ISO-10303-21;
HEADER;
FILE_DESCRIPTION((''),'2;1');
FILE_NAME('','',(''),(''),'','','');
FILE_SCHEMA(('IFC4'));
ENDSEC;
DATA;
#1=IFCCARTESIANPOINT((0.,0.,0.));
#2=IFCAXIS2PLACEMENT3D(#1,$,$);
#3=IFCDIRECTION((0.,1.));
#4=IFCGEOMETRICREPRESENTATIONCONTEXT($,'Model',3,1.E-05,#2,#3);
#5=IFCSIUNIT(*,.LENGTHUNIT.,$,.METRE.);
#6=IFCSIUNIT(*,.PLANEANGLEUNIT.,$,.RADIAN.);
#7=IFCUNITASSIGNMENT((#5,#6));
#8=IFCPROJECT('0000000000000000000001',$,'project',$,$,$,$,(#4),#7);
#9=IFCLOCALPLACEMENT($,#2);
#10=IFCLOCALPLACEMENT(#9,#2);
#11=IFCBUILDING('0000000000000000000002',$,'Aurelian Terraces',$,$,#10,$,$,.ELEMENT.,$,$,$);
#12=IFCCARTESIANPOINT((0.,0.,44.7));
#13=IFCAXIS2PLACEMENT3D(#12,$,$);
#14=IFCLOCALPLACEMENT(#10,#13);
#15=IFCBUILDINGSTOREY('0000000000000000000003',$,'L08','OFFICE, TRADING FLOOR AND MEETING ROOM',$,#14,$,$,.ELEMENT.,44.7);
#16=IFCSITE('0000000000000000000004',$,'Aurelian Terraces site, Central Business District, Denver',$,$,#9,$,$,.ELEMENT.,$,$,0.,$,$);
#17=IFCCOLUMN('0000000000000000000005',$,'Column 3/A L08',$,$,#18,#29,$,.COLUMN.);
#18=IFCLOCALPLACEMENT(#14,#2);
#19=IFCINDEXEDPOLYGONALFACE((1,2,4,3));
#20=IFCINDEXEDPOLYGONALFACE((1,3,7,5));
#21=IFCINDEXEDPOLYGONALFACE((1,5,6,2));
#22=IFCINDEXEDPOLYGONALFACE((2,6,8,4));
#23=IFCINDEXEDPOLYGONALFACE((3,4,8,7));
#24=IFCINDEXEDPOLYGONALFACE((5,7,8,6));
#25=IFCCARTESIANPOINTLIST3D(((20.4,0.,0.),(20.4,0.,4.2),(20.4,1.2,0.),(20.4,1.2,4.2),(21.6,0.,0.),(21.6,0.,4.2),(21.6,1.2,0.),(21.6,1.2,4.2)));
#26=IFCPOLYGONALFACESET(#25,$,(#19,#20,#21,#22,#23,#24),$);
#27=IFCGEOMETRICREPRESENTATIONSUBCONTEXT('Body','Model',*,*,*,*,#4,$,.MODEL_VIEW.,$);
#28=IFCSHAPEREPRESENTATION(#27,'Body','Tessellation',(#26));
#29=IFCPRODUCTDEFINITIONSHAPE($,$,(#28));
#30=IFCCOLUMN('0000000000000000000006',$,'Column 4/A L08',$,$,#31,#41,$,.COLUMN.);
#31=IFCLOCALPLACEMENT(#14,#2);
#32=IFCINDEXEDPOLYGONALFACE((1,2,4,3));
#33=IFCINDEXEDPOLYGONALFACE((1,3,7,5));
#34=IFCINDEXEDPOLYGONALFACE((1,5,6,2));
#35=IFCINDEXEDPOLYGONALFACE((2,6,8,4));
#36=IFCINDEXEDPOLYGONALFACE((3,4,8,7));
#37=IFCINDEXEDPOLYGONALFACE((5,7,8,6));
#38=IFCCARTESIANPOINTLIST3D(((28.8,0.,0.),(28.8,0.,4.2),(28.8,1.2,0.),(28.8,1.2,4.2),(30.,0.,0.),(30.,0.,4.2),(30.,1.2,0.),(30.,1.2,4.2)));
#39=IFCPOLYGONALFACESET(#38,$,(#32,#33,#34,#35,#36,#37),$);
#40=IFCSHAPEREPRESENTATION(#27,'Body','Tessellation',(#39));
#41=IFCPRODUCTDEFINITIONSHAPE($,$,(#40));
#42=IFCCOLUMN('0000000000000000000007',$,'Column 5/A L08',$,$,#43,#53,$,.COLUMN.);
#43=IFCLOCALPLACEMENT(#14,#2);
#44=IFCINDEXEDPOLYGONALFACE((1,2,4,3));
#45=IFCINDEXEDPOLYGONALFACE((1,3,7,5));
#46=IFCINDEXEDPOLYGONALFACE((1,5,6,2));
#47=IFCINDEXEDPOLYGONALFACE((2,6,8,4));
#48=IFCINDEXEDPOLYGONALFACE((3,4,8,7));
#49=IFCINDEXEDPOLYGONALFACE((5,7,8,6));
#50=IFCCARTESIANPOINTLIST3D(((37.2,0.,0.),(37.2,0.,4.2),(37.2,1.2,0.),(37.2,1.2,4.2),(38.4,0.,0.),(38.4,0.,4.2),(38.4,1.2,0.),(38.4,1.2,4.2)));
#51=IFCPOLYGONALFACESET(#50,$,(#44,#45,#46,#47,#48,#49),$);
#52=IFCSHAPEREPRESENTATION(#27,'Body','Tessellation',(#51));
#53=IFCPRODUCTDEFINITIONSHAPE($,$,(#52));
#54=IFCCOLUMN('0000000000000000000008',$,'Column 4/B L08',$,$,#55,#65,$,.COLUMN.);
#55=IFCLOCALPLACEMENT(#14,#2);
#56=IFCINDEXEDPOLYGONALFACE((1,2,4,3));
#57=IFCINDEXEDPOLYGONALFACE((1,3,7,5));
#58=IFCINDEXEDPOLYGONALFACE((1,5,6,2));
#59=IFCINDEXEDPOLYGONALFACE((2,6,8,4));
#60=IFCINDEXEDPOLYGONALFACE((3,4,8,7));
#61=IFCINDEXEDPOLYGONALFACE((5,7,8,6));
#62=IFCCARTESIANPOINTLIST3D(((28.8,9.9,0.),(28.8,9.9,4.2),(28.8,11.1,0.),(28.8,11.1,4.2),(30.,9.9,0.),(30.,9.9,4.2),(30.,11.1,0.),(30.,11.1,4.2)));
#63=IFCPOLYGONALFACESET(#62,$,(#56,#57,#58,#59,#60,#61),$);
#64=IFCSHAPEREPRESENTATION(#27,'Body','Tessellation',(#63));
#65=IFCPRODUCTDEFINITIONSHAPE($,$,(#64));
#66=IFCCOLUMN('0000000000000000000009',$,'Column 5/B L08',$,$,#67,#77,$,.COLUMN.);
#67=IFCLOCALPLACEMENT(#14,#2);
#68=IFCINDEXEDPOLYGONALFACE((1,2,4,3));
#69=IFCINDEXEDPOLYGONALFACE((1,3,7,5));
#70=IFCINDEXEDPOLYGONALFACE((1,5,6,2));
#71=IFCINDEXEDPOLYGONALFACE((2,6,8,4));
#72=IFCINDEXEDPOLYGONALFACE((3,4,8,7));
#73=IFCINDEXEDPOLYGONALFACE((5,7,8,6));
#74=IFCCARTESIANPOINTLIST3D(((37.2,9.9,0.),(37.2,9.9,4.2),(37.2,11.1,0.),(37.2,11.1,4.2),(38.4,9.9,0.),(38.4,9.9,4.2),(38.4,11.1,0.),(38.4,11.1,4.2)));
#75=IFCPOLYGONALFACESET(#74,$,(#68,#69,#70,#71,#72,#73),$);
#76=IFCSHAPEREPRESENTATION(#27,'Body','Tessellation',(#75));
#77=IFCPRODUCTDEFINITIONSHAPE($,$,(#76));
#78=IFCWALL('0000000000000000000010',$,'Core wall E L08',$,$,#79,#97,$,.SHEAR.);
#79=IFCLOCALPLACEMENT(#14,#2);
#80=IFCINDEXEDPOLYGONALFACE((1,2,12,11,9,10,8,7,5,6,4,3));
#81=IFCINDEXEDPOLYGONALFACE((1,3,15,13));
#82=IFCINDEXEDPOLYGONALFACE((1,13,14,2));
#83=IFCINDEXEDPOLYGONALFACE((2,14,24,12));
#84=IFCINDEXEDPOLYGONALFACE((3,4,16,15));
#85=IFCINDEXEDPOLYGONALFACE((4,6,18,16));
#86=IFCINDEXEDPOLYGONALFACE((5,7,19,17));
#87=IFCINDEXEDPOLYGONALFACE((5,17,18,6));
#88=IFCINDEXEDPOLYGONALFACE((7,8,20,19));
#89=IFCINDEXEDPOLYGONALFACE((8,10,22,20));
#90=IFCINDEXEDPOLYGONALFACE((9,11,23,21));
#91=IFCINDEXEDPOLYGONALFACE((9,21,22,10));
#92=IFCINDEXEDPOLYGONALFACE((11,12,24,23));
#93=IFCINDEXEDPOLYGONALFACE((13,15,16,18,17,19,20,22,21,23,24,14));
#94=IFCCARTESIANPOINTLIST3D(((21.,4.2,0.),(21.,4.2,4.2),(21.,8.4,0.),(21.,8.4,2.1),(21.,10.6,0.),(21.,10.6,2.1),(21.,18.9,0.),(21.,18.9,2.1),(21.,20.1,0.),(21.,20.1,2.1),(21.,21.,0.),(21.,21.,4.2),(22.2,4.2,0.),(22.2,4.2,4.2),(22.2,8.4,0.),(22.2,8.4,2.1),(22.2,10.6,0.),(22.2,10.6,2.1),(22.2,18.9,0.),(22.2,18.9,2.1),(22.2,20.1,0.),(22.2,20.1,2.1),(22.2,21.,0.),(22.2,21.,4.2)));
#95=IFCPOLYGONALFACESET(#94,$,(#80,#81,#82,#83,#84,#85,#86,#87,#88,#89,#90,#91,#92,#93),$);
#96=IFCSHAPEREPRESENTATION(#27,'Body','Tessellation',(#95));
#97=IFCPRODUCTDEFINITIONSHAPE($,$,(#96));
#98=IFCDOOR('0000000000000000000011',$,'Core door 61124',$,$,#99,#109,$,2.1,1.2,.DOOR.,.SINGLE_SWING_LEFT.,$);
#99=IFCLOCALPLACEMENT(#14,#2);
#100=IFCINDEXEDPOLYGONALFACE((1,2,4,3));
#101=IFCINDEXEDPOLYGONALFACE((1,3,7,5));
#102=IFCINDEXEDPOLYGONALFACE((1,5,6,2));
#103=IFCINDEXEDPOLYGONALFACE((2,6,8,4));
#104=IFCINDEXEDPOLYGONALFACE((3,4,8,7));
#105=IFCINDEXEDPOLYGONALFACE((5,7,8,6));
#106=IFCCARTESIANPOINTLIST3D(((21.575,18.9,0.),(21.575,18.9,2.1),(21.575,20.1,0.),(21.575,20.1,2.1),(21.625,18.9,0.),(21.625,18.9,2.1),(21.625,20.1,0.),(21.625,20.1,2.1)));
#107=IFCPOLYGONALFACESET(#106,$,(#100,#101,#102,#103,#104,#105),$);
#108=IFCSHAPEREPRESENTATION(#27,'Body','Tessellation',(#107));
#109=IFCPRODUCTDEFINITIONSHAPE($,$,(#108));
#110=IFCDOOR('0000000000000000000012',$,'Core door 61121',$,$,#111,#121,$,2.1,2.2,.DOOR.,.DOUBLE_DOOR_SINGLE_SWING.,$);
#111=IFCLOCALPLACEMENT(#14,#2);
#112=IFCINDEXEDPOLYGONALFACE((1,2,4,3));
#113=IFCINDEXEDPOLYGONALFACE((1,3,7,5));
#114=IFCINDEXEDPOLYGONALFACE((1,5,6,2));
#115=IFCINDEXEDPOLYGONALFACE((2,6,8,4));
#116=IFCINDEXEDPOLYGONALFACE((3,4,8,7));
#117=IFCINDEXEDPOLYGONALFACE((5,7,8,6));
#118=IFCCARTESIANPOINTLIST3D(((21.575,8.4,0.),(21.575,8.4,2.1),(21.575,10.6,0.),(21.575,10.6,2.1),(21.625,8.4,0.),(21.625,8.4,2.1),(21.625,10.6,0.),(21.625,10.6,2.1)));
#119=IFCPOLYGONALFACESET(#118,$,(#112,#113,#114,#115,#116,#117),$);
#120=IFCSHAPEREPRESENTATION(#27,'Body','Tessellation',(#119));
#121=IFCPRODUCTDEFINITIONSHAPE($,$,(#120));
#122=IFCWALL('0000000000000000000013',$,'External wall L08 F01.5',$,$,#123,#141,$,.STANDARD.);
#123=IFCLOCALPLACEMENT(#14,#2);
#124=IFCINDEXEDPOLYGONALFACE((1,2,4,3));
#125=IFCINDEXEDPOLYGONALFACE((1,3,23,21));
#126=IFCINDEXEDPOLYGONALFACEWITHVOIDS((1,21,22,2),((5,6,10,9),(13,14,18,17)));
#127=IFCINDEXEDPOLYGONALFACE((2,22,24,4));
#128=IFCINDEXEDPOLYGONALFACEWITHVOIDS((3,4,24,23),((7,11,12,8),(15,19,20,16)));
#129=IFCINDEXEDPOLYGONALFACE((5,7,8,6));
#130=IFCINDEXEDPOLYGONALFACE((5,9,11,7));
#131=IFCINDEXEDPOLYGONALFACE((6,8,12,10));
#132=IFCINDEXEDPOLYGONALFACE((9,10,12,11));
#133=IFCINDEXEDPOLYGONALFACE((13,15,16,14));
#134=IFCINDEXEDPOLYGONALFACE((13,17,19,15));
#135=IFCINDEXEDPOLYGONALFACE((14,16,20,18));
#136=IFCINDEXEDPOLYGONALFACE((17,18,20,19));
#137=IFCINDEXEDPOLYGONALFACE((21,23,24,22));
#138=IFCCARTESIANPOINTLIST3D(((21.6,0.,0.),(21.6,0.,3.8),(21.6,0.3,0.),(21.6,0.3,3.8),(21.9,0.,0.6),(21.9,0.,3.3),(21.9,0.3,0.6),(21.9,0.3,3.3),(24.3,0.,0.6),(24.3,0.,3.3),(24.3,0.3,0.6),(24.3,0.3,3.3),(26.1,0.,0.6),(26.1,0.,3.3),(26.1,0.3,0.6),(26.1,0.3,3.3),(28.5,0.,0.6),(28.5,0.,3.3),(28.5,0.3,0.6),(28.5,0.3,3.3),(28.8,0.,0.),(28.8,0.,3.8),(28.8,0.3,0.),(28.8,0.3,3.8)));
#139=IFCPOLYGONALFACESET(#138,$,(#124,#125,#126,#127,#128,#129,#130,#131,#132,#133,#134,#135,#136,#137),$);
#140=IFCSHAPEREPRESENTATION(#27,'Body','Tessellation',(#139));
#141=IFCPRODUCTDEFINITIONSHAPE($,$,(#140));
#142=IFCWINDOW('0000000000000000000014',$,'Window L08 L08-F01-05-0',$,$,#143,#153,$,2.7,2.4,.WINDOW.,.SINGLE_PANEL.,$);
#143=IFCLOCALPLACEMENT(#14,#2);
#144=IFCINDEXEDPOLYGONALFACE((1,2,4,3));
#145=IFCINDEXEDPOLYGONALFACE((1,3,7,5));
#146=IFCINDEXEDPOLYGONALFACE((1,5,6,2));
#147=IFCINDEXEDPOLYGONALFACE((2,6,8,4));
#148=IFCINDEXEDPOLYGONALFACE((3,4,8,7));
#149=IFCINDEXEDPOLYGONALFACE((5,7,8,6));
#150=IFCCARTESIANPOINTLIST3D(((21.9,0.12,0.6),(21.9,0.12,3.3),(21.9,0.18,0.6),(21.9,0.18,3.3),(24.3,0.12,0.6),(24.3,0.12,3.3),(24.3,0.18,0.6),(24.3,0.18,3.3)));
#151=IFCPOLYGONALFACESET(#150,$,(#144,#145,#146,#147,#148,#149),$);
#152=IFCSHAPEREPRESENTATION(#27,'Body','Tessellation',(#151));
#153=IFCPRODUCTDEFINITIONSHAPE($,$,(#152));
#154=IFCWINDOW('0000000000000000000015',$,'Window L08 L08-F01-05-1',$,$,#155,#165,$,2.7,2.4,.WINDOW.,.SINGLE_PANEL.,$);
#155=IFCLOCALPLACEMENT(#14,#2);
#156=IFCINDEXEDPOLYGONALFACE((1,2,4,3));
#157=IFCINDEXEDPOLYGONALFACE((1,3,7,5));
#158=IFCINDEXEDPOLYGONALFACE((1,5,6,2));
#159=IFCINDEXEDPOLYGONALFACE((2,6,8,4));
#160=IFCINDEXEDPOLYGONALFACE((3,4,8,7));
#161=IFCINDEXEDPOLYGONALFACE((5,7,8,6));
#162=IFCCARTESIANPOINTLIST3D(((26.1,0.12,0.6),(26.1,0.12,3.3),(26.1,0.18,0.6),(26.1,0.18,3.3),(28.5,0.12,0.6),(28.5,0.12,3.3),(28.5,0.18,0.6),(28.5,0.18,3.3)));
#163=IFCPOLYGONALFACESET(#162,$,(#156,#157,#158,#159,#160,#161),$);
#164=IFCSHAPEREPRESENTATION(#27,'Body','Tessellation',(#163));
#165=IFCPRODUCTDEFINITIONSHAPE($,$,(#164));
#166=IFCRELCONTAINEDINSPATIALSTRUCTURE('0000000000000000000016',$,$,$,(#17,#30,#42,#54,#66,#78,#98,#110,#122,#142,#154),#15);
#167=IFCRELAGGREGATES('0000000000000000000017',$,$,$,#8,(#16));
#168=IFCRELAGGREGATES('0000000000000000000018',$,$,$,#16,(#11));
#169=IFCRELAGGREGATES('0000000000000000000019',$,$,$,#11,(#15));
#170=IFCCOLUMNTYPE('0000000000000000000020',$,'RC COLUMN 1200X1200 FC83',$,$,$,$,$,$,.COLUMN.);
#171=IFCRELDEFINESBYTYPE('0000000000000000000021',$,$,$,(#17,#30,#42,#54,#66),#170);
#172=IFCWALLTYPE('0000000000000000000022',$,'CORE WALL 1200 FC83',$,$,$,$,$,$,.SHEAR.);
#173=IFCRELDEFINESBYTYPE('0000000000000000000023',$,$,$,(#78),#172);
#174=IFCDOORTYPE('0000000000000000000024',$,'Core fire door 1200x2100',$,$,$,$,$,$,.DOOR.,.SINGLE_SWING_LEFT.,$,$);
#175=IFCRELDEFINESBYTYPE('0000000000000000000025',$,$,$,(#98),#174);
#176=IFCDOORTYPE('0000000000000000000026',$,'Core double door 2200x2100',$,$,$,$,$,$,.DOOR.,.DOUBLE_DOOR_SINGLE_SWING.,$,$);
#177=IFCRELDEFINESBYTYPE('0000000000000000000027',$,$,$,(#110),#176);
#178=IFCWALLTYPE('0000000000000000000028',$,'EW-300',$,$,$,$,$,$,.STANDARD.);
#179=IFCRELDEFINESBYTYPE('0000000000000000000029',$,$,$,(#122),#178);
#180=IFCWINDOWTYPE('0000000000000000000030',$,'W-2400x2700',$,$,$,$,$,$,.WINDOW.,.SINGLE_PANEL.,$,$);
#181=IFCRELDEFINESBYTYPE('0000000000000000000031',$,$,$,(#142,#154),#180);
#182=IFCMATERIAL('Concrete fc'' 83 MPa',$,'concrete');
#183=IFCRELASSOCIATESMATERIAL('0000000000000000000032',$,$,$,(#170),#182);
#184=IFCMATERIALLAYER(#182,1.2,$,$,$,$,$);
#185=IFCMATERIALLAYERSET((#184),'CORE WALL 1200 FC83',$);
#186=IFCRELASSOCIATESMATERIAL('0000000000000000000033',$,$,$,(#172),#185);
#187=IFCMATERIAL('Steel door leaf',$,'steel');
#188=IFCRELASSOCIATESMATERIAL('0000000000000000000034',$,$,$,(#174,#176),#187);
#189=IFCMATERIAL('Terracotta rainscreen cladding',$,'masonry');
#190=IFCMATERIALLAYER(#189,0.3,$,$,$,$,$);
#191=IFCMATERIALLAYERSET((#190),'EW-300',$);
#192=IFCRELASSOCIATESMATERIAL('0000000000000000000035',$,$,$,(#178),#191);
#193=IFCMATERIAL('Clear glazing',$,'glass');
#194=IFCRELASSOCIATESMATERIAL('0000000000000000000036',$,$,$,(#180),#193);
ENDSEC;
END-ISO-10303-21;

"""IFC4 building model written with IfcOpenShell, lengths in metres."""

from ifc_helpers import new_model, si_unit, direction, frame, frame_2d, origin, origin_2d, place, context, subcontext, project, spatial, rectangle, extrude, source, transform, mapped, material, layer, layer_set, material_profile, profile_set, type_object, element, fill, save


model = new_model("IFC4")

# Units and contexts
model_context = context("Model", 3, precision=1e-05, world=origin(), true_north=direction((0.0, 1.0)))
body_context = subcontext(model_context, "Body", "Model", "MODEL_VIEW")
ifc_project = project(units=[si_unit("LENGTHUNIT", "METRE"), si_unit("PLANEANGLEUNIT", "RADIAN")], contexts=[model_context])

# Site, building, storey
site_placement = place(None, origin())
site = spatial("IfcSite", under=ifc_project, at=site_placement, Name="Aurelian Terraces site, Central Business District, Denver", CompositionType="ELEMENT", RefElevation=0.0)
building_placement = place(site_placement, origin())
building = spatial("IfcBuilding", under=site, at=building_placement, Name="Aurelian Terraces", CompositionType="ELEMENT")
storey_placement = place(building_placement, frame((0.0, 0.0, 44.7)))
storey = spatial("IfcBuildingStorey", under=building, at=storey_placement, Name="L08", Description="OFFICE, TRADING FLOOR AND MEETING ROOM", CompositionType="ELEMENT", Elevation=44.7)

# Columns
ifc_material_1 = material(Name="Concrete fc' 83 MPa", Category="concrete")
ifc_material_profile = material_profile(ifc_material_1, rectangle(XDim=1.2, YDim=1.2, at=origin_2d()))
ifc_profile_set = profile_set([ifc_material_profile], Name="Concrete fc' 83 MPa")
column_type = type_object("IfcColumnType", Name="RC COLUMN 1200X1200 FC83", PredefinedType="COLUMN", material=ifc_profile_set)
shared_shape_1 = source(origin(), body_context, "Body", "SweptSolid", [
    extrude(rectangle(XDim=1.2, YDim=1.2, at=origin_2d()), origin(), (0.0, 0.0, 1.0), 4.2),
])
for number, where, z_axis, x_axis, name in (
    (1, (21.0, 0.6, 0.0), (0.0, 0.0, 1.0), (1.0, 0.0, 0.0), "Column 3/A L08"),
    (2, (29.4, 0.6, 0.0), (0.0, 0.0, 1.0), (1.0, 0.0, 0.0), "Column 4/A L08"),
    (3, (37.8, 0.6, 0.0), (0.0, 0.0, 1.0), (1.0, 0.0, 0.0), "Column 5/A L08"),
    (4, (29.4, 10.5, 0.0), (0.0, 0.0, 1.0), (1.0, 0.0, 0.0), "Column 4/B L08"),
    (5, (37.8, 10.5, 0.0), (0.0, 0.0, 1.0), (1.0, 0.0, 0.0), "Column 5/B L08"),
):
    element("IfcColumn", number, at=place(storey_placement, frame(where, z_axis=z_axis, x_axis=x_axis)), inside=storey, type_object=column_type, Name=name, PredefinedType="COLUMN", context=body_context, shape_type="MappedRepresentation", body=[
        mapped(shared_shape_1, transform((0.0, 0.0, 0.0), scale=1.0)),
    ])

# Wall, openings, doors
ifc_layer_1 = layer(ifc_material_1, 1.2)
ifc_layer_set_1 = layer_set([ifc_layer_1], Name="CORE WALL 1200 FC83")
wall_type_1 = type_object("IfcWallType", Name="CORE WALL 1200 FC83", PredefinedType="SHEAR", material=ifc_layer_set_1)
shared_shape_2 = source(origin(), body_context, "Body", "SweptSolid", [
    extrude(rectangle(XDim=16.8, YDim=1.2, at=frame_2d((8.4, 0.0))), origin(), (0.0, 0.0, 1.0), 4.2),
])
wall_1_placement = place(storey_placement, frame((21.6, 4.2, 0.0), z_axis=(0.0, 0.0, 1.0), x_axis=(0.0, 1.0, 0.0)))
wall_1 = element("IfcWall", 6, at=wall_1_placement, inside=storey, type_object=wall_type_1, Name="Core wall E L08", PredefinedType="SHEAR", context=body_context, shape_type="MappedRepresentation", body=[
    mapped(shared_shape_2, transform((0.0, 0.0, 0.0), scale=1.0)),
])
shared_shape_3 = source(origin(), body_context, "Body", "SweptSolid", [
    extrude(rectangle(XDim=2.2, YDim=2.1, at=frame_2d((1.1, 1.05))), frame((0.0, 0.61, 0.0), z_axis=(0.0, -1.0, 0.0), x_axis=(1.0, 0.0, 0.0)), (0.0, 0.0, 1.0), 1.22),
])
opening_1_placement = place(wall_1_placement, frame((4.2, 0.0, 0.0)))
opening_1 = element("IfcOpeningElement", 7, at=opening_1_placement, cuts=wall_1, PredefinedType="OPENING", context=body_context, shape_type="MappedRepresentation", body=[
    mapped(shared_shape_3, transform((0.0, 0.0, 0.0), scale=1.0)),
])
shared_shape_4 = source(origin(), body_context, "Body", "SweptSolid", [
    extrude(rectangle(XDim=1.2, YDim=2.1, at=frame_2d((0.6, 1.05))), frame((0.0, 0.61, 0.0), z_axis=(0.0, -1.0, 0.0), x_axis=(1.0, 0.0, 0.0)), (0.0, 0.0, 1.0), 1.22),
])
opening_2_placement = place(wall_1_placement, frame((14.7, 0.0, 0.0)))
opening_2 = element("IfcOpeningElement", 8, at=opening_2_placement, cuts=wall_1, PredefinedType="OPENING", context=body_context, shape_type="MappedRepresentation", body=[
    mapped(shared_shape_4, transform((0.0, 0.0, 0.0), scale=1.0)),
])
ifc_material_2 = material(Name="Steel door leaf", Category="steel")
door_type_1 = type_object("IfcDoorType", Name="Core fire door 1200x2100", OperationType="SINGLE_SWING_LEFT", PredefinedType="DOOR", material=ifc_material_2)
shared_shape_5 = source(origin(), body_context, "Body", "SweptSolid", [
    extrude(rectangle(XDim=1.2, YDim=2.1, at=frame_2d((0.6, 1.05))), frame((0.0, 0.025, 0.0), z_axis=(0.0, -1.0, 0.0), x_axis=(1.0, 0.0, 0.0)), (0.0, 0.0, 1.0), 0.05),
])
door_1_placement = place(opening_2_placement, origin())
door_1 = element("IfcDoor", 9, at=door_1_placement, inside=storey, type_object=door_type_1, Name="Core door 61124", OperationType="SINGLE_SWING_LEFT", OverallHeight=2.1, OverallWidth=1.2, PredefinedType="DOOR", context=body_context, shape_type="MappedRepresentation", body=[
    mapped(shared_shape_5, transform((0.0, 0.0, 0.0), scale=1.0)),
])
fill(opening_2, door_1)
door_type_2 = type_object("IfcDoorType", Name="Core double door 2200x2100", OperationType="DOUBLE_DOOR_SINGLE_SWING", PredefinedType="DOOR", material=ifc_material_2)
shared_shape_6 = source(origin(), body_context, "Body", "SweptSolid", [
    extrude(rectangle(XDim=2.2, YDim=2.1, at=frame_2d((1.1, 1.05))), frame((0.0, 0.025, 0.0), z_axis=(0.0, -1.0, 0.0), x_axis=(1.0, 0.0, 0.0)), (0.0, 0.0, 1.0), 0.05),
])
door_2_placement = place(opening_1_placement, origin())
door_2 = element("IfcDoor", 10, at=door_2_placement, inside=storey, type_object=door_type_2, Name="Core door 61121", OperationType="DOUBLE_DOOR_SINGLE_SWING", OverallHeight=2.1, OverallWidth=2.2, PredefinedType="DOOR", context=body_context, shape_type="MappedRepresentation", body=[
    mapped(shared_shape_6, transform((0.0, 0.0, 0.0), scale=1.0)),
])
fill(opening_1, door_2)

# Wall, openings, windows
ifc_material_3 = material(Name="Terracotta rainscreen cladding", Category="masonry")
ifc_layer_2 = layer(ifc_material_3, 0.3)
ifc_layer_set_2 = layer_set([ifc_layer_2], Name="EW-300")
wall_type_2 = type_object("IfcWallType", Name="EW-300", PredefinedType="STANDARD", material=ifc_layer_set_2)
shared_shape_7 = source(origin(), body_context, "Body", "SweptSolid", [
    extrude(rectangle(XDim=7.2, YDim=0.3, at=frame_2d((3.6, 0.0))), origin(), (0.0, 0.0, 1.0), 3.8),
])
wall_2_placement = place(storey_placement, frame((21.6, 0.15, 0.0), z_axis=(0.0, 0.0, 1.0), x_axis=(1.0, 0.0, 0.0)))
wall_2 = element("IfcWall", 11, at=wall_2_placement, inside=storey, type_object=wall_type_2, Name="External wall L08 F01.5", PredefinedType="STANDARD", context=body_context, shape_type="MappedRepresentation", body=[
    mapped(shared_shape_7, transform((0.0, 0.0, 0.0), scale=1.0)),
])
shared_shape_8 = source(origin(), body_context, "Body", "SweptSolid", [
    extrude(rectangle(XDim=2.4, YDim=2.7, at=frame_2d((1.2, 1.35))), frame((0.0, 0.16, 0.0), z_axis=(0.0, -1.0, 0.0), x_axis=(1.0, 0.0, 0.0)), (0.0, 0.0, 1.0), 0.32),
])
opening_3_placement = place(wall_2_placement, frame((0.3, 0.0, 0.6)))
opening_3 = element("IfcOpeningElement", 12, at=opening_3_placement, cuts=wall_2, PredefinedType="OPENING", context=body_context, shape_type="MappedRepresentation", body=[
    mapped(shared_shape_8, transform((0.0, 0.0, 0.0), scale=1.0)),
])
opening_4_placement = place(wall_2_placement, frame((4.5, 0.0, 0.6)))
opening_4 = element("IfcOpeningElement", 13, at=opening_4_placement, cuts=wall_2, PredefinedType="OPENING", context=body_context, shape_type="MappedRepresentation", body=[
    mapped(shared_shape_8, transform((0.0, 0.0, 0.0), scale=1.0)),
])
ifc_material_4 = material(Name="Clear glazing", Category="glass")
window_type_1 = type_object("IfcWindowType", Name="W-2400x2700", PartitioningType="SINGLE_PANEL", PredefinedType="WINDOW", material=ifc_material_4)
shared_shape_9 = source(origin(), body_context, "Body", "SweptSolid", [
    extrude(rectangle(XDim=2.4, YDim=2.7, at=frame_2d((1.2, 1.35))), frame((0.0, 0.03, 0.0), z_axis=(0.0, -1.0, 0.0), x_axis=(1.0, 0.0, 0.0)), (0.0, 0.0, 1.0), 0.06),
])
window_1_placement = place(opening_3_placement, origin())
window_1 = element("IfcWindow", 14, at=window_1_placement, inside=storey, type_object=window_type_1, Name="Window L08 L08-F01-05-0", OverallHeight=2.7, OverallWidth=2.4, PartitioningType="SINGLE_PANEL", PredefinedType="WINDOW", context=body_context, shape_type="MappedRepresentation", body=[
    mapped(shared_shape_9, transform((0.0, 0.0, 0.0), scale=1.0)),
])
fill(opening_3, window_1)
window_2_placement = place(opening_4_placement, origin())
window_2 = element("IfcWindow", 15, at=window_2_placement, inside=storey, type_object=window_type_1, Name="Window L08 L08-F01-05-1", OverallHeight=2.7, OverallWidth=2.4, PartitioningType="SINGLE_PANEL", PredefinedType="WINDOW", context=body_context, shape_type="MappedRepresentation", body=[
    mapped(shared_shape_9, transform((0.0, 0.0, 0.0), scale=1.0)),
])
fill(opening_4, window_2)

save(model, "model.ifc")
